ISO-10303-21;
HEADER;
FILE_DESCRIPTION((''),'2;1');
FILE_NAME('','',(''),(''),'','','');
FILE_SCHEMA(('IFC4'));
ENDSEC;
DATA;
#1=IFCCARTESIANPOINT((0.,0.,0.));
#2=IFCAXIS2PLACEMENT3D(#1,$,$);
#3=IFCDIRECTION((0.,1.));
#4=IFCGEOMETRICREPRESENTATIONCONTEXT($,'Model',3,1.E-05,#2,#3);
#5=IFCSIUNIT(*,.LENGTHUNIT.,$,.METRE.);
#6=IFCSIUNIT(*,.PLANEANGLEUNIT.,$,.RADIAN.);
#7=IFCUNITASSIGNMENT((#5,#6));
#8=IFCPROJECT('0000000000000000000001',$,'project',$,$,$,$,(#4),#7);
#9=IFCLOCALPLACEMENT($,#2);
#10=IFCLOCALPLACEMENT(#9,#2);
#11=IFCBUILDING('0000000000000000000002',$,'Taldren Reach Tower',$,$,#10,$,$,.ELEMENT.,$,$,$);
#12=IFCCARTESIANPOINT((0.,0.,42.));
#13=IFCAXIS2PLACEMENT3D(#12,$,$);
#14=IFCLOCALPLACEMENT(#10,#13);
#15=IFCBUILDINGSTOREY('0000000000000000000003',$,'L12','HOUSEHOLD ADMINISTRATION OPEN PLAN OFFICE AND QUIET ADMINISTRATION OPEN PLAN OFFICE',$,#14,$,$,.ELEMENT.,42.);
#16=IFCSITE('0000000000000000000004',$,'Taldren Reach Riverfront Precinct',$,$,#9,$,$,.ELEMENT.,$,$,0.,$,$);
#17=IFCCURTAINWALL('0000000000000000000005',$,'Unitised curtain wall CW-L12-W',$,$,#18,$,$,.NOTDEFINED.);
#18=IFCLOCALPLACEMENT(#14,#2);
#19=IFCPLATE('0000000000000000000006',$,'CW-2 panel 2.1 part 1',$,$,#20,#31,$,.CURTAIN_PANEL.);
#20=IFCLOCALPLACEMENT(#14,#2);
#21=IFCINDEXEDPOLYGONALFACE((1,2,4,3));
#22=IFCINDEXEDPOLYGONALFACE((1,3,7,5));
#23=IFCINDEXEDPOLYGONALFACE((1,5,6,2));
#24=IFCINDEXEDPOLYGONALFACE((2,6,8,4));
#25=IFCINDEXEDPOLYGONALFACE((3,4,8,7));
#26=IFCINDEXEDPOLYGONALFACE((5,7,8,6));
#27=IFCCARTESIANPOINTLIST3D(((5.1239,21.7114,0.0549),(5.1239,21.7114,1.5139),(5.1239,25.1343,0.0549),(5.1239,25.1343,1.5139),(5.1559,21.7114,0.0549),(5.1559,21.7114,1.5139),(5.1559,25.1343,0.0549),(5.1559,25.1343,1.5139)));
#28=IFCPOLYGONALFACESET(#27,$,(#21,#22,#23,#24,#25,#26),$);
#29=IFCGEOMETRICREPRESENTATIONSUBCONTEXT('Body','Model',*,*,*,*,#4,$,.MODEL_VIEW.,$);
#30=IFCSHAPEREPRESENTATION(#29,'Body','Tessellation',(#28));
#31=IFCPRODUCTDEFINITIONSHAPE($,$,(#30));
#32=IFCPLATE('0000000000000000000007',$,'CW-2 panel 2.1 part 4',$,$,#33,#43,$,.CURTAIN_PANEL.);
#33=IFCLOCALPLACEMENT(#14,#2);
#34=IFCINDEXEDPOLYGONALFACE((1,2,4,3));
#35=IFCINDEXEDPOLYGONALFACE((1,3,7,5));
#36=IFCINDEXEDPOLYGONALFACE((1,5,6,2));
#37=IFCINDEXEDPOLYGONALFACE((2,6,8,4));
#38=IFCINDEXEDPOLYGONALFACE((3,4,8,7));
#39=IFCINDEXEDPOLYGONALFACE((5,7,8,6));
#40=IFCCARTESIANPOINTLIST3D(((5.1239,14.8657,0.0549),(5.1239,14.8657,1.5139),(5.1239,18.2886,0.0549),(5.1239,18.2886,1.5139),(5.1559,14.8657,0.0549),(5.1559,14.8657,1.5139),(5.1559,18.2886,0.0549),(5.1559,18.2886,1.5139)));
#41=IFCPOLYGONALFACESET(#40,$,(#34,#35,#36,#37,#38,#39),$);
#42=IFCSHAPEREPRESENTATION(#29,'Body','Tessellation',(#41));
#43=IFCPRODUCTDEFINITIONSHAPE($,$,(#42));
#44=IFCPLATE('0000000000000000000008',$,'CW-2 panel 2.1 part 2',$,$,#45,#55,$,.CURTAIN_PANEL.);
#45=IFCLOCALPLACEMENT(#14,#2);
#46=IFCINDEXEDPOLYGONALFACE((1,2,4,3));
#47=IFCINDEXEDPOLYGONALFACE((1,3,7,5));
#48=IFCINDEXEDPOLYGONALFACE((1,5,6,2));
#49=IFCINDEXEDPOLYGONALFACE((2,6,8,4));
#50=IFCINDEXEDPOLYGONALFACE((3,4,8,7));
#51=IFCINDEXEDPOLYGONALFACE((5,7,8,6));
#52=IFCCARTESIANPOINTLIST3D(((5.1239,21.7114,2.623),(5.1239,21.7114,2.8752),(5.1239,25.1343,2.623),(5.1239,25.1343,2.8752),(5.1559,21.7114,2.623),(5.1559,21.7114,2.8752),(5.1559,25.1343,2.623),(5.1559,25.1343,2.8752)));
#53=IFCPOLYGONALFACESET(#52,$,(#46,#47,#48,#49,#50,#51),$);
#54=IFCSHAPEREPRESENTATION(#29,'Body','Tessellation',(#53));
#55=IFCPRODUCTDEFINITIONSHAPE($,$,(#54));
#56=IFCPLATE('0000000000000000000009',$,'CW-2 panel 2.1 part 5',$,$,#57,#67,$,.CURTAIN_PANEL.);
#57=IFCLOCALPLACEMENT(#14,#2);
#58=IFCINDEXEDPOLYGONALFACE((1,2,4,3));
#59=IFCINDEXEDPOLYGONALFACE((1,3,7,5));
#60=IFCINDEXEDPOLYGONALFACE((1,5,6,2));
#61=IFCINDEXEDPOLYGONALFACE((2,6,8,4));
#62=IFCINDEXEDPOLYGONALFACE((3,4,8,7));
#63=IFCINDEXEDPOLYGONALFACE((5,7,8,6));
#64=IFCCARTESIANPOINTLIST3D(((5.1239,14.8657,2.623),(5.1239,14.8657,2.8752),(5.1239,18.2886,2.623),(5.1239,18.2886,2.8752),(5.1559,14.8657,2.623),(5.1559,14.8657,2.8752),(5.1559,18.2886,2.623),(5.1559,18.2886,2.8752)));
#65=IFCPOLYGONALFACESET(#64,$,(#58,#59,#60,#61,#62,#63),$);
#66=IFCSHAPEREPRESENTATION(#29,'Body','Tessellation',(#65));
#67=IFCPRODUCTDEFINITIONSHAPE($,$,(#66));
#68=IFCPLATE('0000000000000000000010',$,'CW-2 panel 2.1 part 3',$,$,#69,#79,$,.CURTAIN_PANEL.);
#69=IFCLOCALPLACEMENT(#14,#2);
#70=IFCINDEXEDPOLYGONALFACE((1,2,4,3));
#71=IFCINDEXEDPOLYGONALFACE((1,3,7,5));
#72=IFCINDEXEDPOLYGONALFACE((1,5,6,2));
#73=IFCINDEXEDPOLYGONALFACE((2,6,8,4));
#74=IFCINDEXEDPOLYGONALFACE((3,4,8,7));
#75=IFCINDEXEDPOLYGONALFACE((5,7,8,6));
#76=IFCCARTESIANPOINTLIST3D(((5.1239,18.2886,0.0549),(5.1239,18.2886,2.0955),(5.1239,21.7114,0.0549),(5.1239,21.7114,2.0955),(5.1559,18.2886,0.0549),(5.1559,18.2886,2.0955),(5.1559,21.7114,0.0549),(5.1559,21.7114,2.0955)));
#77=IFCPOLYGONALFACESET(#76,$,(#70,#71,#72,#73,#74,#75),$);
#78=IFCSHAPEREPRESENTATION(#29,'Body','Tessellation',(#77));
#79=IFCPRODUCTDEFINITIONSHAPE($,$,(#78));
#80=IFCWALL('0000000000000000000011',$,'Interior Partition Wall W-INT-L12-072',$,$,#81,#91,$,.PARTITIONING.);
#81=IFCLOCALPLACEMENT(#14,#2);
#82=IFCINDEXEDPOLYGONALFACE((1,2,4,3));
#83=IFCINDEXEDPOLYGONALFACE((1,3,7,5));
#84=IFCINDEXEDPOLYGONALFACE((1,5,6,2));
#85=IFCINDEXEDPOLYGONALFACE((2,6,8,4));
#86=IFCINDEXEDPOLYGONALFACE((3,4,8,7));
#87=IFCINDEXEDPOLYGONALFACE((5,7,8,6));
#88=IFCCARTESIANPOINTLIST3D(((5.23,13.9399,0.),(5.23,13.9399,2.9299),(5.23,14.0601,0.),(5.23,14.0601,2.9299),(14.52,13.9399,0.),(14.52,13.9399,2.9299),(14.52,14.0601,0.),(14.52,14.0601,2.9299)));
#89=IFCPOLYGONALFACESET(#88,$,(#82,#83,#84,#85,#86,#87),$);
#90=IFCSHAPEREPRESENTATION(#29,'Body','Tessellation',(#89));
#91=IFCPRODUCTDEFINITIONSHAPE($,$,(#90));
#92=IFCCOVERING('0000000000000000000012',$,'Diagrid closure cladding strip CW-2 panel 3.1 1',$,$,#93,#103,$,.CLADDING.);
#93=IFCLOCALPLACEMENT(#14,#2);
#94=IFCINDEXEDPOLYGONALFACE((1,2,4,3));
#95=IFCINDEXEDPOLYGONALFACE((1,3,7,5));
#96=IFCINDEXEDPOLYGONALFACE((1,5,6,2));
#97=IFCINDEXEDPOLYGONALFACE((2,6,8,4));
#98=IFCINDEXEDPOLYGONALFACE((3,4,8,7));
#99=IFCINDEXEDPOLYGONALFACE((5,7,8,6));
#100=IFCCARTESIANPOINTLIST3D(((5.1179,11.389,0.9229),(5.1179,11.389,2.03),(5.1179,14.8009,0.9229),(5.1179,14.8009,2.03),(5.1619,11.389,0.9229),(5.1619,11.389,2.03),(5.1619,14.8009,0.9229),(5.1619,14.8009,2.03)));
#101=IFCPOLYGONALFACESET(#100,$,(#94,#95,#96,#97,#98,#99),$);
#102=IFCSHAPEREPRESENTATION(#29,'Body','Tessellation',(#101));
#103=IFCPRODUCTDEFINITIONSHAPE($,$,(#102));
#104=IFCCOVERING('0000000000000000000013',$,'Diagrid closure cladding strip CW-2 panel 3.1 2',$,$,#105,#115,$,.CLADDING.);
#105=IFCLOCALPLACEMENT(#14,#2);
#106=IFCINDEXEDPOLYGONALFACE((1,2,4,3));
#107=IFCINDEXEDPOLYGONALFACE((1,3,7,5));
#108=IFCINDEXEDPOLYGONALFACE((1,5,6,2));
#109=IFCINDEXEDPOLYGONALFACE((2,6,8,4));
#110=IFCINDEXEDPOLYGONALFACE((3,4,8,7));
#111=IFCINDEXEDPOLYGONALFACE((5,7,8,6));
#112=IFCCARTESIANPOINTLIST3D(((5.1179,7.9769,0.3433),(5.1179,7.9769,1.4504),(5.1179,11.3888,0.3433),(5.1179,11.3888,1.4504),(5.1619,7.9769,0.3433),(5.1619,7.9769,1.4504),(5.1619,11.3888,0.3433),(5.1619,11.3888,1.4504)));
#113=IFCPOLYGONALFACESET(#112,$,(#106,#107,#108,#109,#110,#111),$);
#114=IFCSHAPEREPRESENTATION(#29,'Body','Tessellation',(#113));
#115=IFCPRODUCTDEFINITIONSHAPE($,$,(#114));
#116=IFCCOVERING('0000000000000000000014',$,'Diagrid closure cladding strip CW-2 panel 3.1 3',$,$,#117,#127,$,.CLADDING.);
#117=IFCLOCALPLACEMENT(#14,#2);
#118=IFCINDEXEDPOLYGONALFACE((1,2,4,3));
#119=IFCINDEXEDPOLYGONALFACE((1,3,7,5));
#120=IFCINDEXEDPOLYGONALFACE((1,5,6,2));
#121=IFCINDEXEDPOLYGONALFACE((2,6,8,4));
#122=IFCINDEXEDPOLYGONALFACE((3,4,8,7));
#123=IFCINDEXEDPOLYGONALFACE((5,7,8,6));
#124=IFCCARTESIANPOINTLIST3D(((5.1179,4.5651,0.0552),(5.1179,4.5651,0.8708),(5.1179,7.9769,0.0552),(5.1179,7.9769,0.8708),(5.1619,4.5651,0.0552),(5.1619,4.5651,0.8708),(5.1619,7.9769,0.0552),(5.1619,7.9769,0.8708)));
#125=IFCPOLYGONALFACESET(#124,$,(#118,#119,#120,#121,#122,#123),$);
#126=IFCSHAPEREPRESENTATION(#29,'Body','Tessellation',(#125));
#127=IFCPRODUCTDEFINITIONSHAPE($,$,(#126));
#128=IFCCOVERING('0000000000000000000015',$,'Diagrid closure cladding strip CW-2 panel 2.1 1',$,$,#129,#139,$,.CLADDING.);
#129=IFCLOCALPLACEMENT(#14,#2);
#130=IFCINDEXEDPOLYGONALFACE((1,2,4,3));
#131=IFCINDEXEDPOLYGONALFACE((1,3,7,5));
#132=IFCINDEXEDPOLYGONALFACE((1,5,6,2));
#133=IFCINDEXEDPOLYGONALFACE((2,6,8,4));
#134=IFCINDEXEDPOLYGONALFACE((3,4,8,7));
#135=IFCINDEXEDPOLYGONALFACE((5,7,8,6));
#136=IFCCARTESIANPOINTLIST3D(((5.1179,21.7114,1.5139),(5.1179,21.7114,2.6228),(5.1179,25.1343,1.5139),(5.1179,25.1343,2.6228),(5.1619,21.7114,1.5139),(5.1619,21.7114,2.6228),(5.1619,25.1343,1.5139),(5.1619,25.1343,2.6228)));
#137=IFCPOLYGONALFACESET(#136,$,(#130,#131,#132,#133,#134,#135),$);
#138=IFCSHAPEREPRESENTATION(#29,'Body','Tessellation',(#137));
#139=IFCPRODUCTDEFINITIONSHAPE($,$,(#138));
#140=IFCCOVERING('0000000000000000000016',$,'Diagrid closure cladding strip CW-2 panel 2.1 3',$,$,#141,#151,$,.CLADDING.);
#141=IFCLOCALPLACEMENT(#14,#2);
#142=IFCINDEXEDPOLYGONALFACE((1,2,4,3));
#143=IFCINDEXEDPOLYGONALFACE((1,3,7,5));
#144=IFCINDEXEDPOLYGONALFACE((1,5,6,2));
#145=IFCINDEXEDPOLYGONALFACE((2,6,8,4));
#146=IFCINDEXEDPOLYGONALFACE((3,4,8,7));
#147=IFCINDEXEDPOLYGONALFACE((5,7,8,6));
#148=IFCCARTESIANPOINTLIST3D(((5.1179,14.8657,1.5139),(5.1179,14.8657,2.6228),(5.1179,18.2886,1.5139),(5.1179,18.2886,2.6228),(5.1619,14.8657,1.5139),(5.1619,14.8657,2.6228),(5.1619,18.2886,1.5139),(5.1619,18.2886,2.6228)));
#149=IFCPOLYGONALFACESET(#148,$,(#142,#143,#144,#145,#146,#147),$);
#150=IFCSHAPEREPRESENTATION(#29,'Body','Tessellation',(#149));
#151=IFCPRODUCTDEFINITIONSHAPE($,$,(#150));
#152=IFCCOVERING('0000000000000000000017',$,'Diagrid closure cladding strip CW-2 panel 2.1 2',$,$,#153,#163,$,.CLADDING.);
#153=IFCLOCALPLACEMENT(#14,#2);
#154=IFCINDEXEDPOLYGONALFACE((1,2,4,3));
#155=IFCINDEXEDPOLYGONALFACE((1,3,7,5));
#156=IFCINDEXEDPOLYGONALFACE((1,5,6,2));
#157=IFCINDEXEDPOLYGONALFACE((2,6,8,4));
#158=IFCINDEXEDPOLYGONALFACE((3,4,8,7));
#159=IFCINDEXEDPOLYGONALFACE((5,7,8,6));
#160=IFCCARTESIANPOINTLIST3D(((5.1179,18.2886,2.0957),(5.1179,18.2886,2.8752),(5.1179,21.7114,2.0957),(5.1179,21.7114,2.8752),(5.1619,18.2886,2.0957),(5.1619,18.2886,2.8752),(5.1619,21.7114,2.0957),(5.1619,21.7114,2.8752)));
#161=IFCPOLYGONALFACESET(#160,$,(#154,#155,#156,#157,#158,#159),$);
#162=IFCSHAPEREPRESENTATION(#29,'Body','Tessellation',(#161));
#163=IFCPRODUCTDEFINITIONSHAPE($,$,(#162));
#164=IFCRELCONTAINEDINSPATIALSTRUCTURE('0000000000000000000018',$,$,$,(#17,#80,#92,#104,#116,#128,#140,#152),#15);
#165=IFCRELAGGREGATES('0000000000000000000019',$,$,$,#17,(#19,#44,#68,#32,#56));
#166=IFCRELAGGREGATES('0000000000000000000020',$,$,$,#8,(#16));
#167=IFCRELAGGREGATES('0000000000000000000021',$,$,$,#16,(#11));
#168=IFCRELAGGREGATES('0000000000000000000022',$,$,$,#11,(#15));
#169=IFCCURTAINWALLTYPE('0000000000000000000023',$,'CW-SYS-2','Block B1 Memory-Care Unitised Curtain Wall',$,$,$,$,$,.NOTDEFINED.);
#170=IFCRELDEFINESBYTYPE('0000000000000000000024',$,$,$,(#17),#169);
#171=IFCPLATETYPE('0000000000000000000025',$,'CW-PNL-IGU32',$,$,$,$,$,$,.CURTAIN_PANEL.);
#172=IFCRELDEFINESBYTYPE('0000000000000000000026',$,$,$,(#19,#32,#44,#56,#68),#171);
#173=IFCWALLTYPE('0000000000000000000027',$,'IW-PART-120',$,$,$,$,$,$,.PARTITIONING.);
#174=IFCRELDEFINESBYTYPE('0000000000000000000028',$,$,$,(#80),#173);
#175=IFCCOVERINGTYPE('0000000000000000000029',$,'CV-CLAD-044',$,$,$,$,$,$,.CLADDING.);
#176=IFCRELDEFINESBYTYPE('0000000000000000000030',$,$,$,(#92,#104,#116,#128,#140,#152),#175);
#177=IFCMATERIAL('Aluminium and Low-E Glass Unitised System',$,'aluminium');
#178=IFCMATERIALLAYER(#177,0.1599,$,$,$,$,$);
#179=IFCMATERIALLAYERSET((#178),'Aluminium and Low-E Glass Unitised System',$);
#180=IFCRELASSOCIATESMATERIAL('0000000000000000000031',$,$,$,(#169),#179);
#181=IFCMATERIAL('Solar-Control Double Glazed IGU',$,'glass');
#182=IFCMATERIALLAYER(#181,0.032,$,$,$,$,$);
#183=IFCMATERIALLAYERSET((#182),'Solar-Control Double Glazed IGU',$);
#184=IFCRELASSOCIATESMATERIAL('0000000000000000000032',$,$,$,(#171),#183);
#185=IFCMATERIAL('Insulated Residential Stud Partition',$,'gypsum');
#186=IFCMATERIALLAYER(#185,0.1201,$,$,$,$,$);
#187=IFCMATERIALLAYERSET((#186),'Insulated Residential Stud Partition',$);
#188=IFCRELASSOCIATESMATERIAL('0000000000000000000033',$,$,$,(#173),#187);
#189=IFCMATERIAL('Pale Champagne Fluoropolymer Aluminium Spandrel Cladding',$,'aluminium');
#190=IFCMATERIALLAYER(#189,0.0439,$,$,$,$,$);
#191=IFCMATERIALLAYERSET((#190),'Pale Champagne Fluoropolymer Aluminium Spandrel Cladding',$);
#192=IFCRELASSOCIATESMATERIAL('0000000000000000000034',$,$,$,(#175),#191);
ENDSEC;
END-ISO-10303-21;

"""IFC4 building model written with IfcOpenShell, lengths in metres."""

from ifc_helpers import new_model, si_unit, direction, frame, frame_2d, origin, origin_2d, place, context, subcontext, project, spatial, rectangle, extrude, source, transform, mapped, material, layer, layer_set, type_object, element, aggregate, save


model = new_model("IFC4")

# Units and contexts
model_context = context("Model", 3, precision=1e-05, world=origin(), true_north=direction((0.0, 1.0)))
body_context = subcontext(model_context, "Body", "Model", "MODEL_VIEW")
ifc_project = project(units=[si_unit("LENGTHUNIT", "METRE"), si_unit("PLANEANGLEUNIT", "RADIAN")], contexts=[model_context])

# Site, building, storey
site_placement = place(None, origin())
site = spatial("IfcSite", under=ifc_project, at=site_placement, Name="Taldren Reach Riverfront Precinct", CompositionType="ELEMENT", RefElevation=0.0)
building_placement = place(site_placement, origin())
building = spatial("IfcBuilding", under=site, at=building_placement, Name="Taldren Reach Tower", CompositionType="ELEMENT")
storey_placement = place(building_placement, frame((0.0, 0.0, 42.0)))
storey = spatial("IfcBuildingStorey", under=building, at=storey_placement, Name="L12", Description="HOUSEHOLD ADMINISTRATION OPEN PLAN OFFICE AND QUIET ADMINISTRATION OPEN PLAN OFFICE", CompositionType="ELEMENT", Elevation=42.0)

# Curtain wall
ifc_material_1 = material(Name="Aluminium and Low-E Glass Unitised System", Category="aluminium")
ifc_layer_1 = layer(ifc_material_1, 0.1599)
ifc_layer_set_1 = layer_set([ifc_layer_1], Name="Aluminium and Low-E Glass Unitised System")
curtain_wall_type = type_object("IfcCurtainWallType", Name="CW-SYS-2", Description="Block B1 Memory-Care Unitised Curtain Wall", PredefinedType="NOTDEFINED", material=ifc_layer_set_1)
curtain_wall_placement = place(storey_placement, origin())
curtain_wall = element("IfcCurtainWall", 1, at=curtain_wall_placement, inside=storey, type_object=curtain_wall_type, Name="Unitised curtain wall CW-L12-W", PredefinedType="NOTDEFINED")

# Plates
ifc_material_2 = material(Name="Solar-Control Double Glazed IGU", Category="glass")
ifc_layer_2 = layer(ifc_material_2, 0.032)
ifc_layer_set_2 = layer_set([ifc_layer_2], Name="Solar-Control Double Glazed IGU")
plate_type_1 = type_object("IfcPlateType", Name="CW-PNL-IGU32", PredefinedType="CURTAIN_PANEL", material=ifc_layer_set_2)
shared_shape_1 = source(origin(), body_context, "Body", "SweptSolid", [
    extrude(rectangle(XDim=3.4229, YDim=0.032, at=origin_2d()), origin(), (0.0, 0.0, 1.0), 1.459),
])
plate_1_placement = place(storey_placement, frame((5.1399, 23.4229, 0.0549), z_axis=(0.0, 0.0, 1.0), x_axis=(0.0, -1.0, 0.0)))
plate_1 = element("IfcPlate", 2, at=plate_1_placement, type_object=plate_type_1, Name="CW-2 panel 2.1 part 1", PredefinedType="CURTAIN_PANEL", context=body_context, shape_type="MappedRepresentation", body=[
    mapped(shared_shape_1, transform((0.0, 0.0, 0.0), scale=1.0)),
])
plate_2_placement = place(storey_placement, frame((5.1399, 16.5771, 0.0549), z_axis=(0.0, 0.0, 1.0), x_axis=(0.0, -1.0, 0.0)))
plate_2 = element("IfcPlate", 3, at=plate_2_placement, type_object=plate_type_1, Name="CW-2 panel 2.1 part 4", PredefinedType="CURTAIN_PANEL", context=body_context, shape_type="MappedRepresentation", body=[
    mapped(shared_shape_1, transform((0.0, 0.0, 0.0), scale=1.0)),
])
shared_shape_2 = source(origin(), body_context, "Body", "SweptSolid", [
    extrude(rectangle(XDim=3.4229, YDim=0.032, at=origin_2d()), origin(), (0.0, 0.0, 1.0), 0.2522),
])
plate_3_placement = place(storey_placement, frame((5.1399, 23.4229, 2.623), z_axis=(0.0, 0.0, 1.0), x_axis=(0.0, -1.0, 0.0)))
plate_3 = element("IfcPlate", 4, at=plate_3_placement, type_object=plate_type_1, Name="CW-2 panel 2.1 part 2", PredefinedType="CURTAIN_PANEL", context=body_context, shape_type="MappedRepresentation", body=[
    mapped(shared_shape_2, transform((0.0, 0.0, 0.0), scale=1.0)),
])
plate_4_placement = place(storey_placement, frame((5.1399, 16.5771, 2.623), z_axis=(0.0, 0.0, 1.0), x_axis=(0.0, -1.0, 0.0)))
plate_4 = element("IfcPlate", 5, at=plate_4_placement, type_object=plate_type_1, Name="CW-2 panel 2.1 part 5", PredefinedType="CURTAIN_PANEL", context=body_context, shape_type="MappedRepresentation", body=[
    mapped(shared_shape_2, transform((0.0, 0.0, 0.0), scale=1.0)),
])
shared_shape_3 = source(origin(), body_context, "Body", "SweptSolid", [
    extrude(rectangle(XDim=3.4229, YDim=0.032, at=origin_2d()), origin(), (0.0, 0.0, 1.0), 2.0405),
])
plate_5_placement = place(storey_placement, frame((5.1399, 20.0, 0.0549), z_axis=(0.0, 0.0, 1.0), x_axis=(0.0, -1.0, 0.0)))
plate_5 = element("IfcPlate", 6, at=plate_5_placement, type_object=plate_type_1, Name="CW-2 panel 2.1 part 3", PredefinedType="CURTAIN_PANEL", context=body_context, shape_type="MappedRepresentation", body=[
    mapped(shared_shape_3, transform((0.0, 0.0, 0.0), scale=1.0)),
])
aggregate(curtain_wall, [plate_1, plate_3, plate_5, plate_2, plate_4])

# Wall
ifc_material_3 = material(Name="Insulated Residential Stud Partition", Category="gypsum")
ifc_layer_3 = layer(ifc_material_3, 0.1201)
ifc_layer_set_3 = layer_set([ifc_layer_3], Name="Insulated Residential Stud Partition")
wall_type = type_object("IfcWallType", Name="IW-PART-120", PredefinedType="PARTITIONING", material=ifc_layer_set_3)
shared_shape_4 = source(origin(), body_context, "Body", "SweptSolid", [
    extrude(rectangle(XDim=9.29, YDim=0.1201, at=frame_2d((4.645, 0.0))), origin(), (0.0, 0.0, 1.0), 2.9299),
])
wall_placement = place(storey_placement, frame((5.23, 14.0, 0.0), z_axis=(0.0, 0.0, 1.0), x_axis=(1.0, 0.0, 0.0)))
element("IfcWall", 7, at=wall_placement, inside=storey, type_object=wall_type, Name="Interior Partition Wall W-INT-L12-072", PredefinedType="PARTITIONING", context=body_context, shape_type="MappedRepresentation", body=[
    mapped(shared_shape_4, transform((0.0, 0.0, 0.0), scale=1.0)),
])

# Coverings
ifc_material_4 = material(Name="Pale Champagne Fluoropolymer Aluminium Spandrel Cladding", Category="aluminium")
ifc_layer_4 = layer(ifc_material_4, 0.0439)
ifc_layer_set_4 = layer_set([ifc_layer_4], Name="Pale Champagne Fluoropolymer Aluminium Spandrel Cladding")
covering_type = type_object("IfcCoveringType", Name="CV-CLAD-044", PredefinedType="CLADDING", material=ifc_layer_set_4)
shared_shape_5 = source(origin(), body_context, "Body", "SweptSolid", [
    extrude(rectangle(XDim=3.4119, YDim=0.0439, at=origin_2d()), origin(), (0.0, 0.0, 1.0), 1.1072),
])
for number, where, z_axis, x_axis, name in (
    (8, (5.1399, 13.095, 0.9229), (0.0, 0.0, 1.0), (0.0, -1.0, 0.0), "Diagrid closure cladding strip CW-2 panel 3.1 1"),
    (9, (5.1399, 9.6829, 0.3433), (0.0, 0.0, 1.0), (0.0, -1.0, 0.0), "Diagrid closure cladding strip CW-2 panel 3.1 2"),
):
    element("IfcCovering", number, at=place(storey_placement, frame(where, z_axis=z_axis, x_axis=x_axis)), inside=storey, type_object=covering_type, Name=name, PredefinedType="CLADDING", context=body_context, shape_type="MappedRepresentation", body=[
        mapped(shared_shape_5, transform((0.0, 0.0, 0.0), scale=1.0)),
    ])
shared_shape_6 = source(origin(), body_context, "Body", "SweptSolid", [
    extrude(rectangle(XDim=3.4119, YDim=0.0439, at=origin_2d()), origin(), (0.0, 0.0, 1.0), 0.8157),
])
covering_1_placement = place(storey_placement, frame((5.1399, 6.271, 0.0552), z_axis=(0.0, 0.0, 1.0), x_axis=(0.0, -1.0, 0.0)))
element("IfcCovering", 10, at=covering_1_placement, inside=storey, type_object=covering_type, Name="Diagrid closure cladding strip CW-2 panel 3.1 3", PredefinedType="CLADDING", context=body_context, shape_type="MappedRepresentation", body=[
    mapped(shared_shape_6, transform((0.0, 0.0, 0.0), scale=1.0)),
])
shared_shape_7 = source(origin(), body_context, "Body", "SweptSolid", [
    extrude(rectangle(XDim=3.4229, YDim=0.0439, at=origin_2d()), origin(), (0.0, 0.0, 1.0), 1.1089),
])
for number, where, z_axis, x_axis, name in (
    (11, (5.1399, 23.4229, 1.5139), (0.0, 0.0, 1.0), (0.0, -1.0, 0.0), "Diagrid closure cladding strip CW-2 panel 2.1 1"),
    (12, (5.1399, 16.5771, 1.5139), (0.0, 0.0, 1.0), (0.0, -1.0, 0.0), "Diagrid closure cladding strip CW-2 panel 2.1 3"),
):
    element("IfcCovering", number, at=place(storey_placement, frame(where, z_axis=z_axis, x_axis=x_axis)), inside=storey, type_object=covering_type, Name=name, PredefinedType="CLADDING", context=body_context, shape_type="MappedRepresentation", body=[
        mapped(shared_shape_7, transform((0.0, 0.0, 0.0), scale=1.0)),
    ])
shared_shape_8 = source(origin(), body_context, "Body", "SweptSolid", [
    extrude(rectangle(XDim=3.4229, YDim=0.0439, at=origin_2d()), origin(), (0.0, 0.0, 1.0), 0.7795),
])
covering_2_placement = place(storey_placement, frame((5.1399, 20.0, 2.0957), z_axis=(0.0, 0.0, 1.0), x_axis=(0.0, -1.0, 0.0)))
element("IfcCovering", 13, at=covering_2_placement, inside=storey, type_object=covering_type, Name="Diagrid closure cladding strip CW-2 panel 2.1 2", PredefinedType="CLADDING", context=body_context, shape_type="MappedRepresentation", body=[
    mapped(shared_shape_8, transform((0.0, 0.0, 0.0), scale=1.0)),
])

save(model, "model.ifc")
